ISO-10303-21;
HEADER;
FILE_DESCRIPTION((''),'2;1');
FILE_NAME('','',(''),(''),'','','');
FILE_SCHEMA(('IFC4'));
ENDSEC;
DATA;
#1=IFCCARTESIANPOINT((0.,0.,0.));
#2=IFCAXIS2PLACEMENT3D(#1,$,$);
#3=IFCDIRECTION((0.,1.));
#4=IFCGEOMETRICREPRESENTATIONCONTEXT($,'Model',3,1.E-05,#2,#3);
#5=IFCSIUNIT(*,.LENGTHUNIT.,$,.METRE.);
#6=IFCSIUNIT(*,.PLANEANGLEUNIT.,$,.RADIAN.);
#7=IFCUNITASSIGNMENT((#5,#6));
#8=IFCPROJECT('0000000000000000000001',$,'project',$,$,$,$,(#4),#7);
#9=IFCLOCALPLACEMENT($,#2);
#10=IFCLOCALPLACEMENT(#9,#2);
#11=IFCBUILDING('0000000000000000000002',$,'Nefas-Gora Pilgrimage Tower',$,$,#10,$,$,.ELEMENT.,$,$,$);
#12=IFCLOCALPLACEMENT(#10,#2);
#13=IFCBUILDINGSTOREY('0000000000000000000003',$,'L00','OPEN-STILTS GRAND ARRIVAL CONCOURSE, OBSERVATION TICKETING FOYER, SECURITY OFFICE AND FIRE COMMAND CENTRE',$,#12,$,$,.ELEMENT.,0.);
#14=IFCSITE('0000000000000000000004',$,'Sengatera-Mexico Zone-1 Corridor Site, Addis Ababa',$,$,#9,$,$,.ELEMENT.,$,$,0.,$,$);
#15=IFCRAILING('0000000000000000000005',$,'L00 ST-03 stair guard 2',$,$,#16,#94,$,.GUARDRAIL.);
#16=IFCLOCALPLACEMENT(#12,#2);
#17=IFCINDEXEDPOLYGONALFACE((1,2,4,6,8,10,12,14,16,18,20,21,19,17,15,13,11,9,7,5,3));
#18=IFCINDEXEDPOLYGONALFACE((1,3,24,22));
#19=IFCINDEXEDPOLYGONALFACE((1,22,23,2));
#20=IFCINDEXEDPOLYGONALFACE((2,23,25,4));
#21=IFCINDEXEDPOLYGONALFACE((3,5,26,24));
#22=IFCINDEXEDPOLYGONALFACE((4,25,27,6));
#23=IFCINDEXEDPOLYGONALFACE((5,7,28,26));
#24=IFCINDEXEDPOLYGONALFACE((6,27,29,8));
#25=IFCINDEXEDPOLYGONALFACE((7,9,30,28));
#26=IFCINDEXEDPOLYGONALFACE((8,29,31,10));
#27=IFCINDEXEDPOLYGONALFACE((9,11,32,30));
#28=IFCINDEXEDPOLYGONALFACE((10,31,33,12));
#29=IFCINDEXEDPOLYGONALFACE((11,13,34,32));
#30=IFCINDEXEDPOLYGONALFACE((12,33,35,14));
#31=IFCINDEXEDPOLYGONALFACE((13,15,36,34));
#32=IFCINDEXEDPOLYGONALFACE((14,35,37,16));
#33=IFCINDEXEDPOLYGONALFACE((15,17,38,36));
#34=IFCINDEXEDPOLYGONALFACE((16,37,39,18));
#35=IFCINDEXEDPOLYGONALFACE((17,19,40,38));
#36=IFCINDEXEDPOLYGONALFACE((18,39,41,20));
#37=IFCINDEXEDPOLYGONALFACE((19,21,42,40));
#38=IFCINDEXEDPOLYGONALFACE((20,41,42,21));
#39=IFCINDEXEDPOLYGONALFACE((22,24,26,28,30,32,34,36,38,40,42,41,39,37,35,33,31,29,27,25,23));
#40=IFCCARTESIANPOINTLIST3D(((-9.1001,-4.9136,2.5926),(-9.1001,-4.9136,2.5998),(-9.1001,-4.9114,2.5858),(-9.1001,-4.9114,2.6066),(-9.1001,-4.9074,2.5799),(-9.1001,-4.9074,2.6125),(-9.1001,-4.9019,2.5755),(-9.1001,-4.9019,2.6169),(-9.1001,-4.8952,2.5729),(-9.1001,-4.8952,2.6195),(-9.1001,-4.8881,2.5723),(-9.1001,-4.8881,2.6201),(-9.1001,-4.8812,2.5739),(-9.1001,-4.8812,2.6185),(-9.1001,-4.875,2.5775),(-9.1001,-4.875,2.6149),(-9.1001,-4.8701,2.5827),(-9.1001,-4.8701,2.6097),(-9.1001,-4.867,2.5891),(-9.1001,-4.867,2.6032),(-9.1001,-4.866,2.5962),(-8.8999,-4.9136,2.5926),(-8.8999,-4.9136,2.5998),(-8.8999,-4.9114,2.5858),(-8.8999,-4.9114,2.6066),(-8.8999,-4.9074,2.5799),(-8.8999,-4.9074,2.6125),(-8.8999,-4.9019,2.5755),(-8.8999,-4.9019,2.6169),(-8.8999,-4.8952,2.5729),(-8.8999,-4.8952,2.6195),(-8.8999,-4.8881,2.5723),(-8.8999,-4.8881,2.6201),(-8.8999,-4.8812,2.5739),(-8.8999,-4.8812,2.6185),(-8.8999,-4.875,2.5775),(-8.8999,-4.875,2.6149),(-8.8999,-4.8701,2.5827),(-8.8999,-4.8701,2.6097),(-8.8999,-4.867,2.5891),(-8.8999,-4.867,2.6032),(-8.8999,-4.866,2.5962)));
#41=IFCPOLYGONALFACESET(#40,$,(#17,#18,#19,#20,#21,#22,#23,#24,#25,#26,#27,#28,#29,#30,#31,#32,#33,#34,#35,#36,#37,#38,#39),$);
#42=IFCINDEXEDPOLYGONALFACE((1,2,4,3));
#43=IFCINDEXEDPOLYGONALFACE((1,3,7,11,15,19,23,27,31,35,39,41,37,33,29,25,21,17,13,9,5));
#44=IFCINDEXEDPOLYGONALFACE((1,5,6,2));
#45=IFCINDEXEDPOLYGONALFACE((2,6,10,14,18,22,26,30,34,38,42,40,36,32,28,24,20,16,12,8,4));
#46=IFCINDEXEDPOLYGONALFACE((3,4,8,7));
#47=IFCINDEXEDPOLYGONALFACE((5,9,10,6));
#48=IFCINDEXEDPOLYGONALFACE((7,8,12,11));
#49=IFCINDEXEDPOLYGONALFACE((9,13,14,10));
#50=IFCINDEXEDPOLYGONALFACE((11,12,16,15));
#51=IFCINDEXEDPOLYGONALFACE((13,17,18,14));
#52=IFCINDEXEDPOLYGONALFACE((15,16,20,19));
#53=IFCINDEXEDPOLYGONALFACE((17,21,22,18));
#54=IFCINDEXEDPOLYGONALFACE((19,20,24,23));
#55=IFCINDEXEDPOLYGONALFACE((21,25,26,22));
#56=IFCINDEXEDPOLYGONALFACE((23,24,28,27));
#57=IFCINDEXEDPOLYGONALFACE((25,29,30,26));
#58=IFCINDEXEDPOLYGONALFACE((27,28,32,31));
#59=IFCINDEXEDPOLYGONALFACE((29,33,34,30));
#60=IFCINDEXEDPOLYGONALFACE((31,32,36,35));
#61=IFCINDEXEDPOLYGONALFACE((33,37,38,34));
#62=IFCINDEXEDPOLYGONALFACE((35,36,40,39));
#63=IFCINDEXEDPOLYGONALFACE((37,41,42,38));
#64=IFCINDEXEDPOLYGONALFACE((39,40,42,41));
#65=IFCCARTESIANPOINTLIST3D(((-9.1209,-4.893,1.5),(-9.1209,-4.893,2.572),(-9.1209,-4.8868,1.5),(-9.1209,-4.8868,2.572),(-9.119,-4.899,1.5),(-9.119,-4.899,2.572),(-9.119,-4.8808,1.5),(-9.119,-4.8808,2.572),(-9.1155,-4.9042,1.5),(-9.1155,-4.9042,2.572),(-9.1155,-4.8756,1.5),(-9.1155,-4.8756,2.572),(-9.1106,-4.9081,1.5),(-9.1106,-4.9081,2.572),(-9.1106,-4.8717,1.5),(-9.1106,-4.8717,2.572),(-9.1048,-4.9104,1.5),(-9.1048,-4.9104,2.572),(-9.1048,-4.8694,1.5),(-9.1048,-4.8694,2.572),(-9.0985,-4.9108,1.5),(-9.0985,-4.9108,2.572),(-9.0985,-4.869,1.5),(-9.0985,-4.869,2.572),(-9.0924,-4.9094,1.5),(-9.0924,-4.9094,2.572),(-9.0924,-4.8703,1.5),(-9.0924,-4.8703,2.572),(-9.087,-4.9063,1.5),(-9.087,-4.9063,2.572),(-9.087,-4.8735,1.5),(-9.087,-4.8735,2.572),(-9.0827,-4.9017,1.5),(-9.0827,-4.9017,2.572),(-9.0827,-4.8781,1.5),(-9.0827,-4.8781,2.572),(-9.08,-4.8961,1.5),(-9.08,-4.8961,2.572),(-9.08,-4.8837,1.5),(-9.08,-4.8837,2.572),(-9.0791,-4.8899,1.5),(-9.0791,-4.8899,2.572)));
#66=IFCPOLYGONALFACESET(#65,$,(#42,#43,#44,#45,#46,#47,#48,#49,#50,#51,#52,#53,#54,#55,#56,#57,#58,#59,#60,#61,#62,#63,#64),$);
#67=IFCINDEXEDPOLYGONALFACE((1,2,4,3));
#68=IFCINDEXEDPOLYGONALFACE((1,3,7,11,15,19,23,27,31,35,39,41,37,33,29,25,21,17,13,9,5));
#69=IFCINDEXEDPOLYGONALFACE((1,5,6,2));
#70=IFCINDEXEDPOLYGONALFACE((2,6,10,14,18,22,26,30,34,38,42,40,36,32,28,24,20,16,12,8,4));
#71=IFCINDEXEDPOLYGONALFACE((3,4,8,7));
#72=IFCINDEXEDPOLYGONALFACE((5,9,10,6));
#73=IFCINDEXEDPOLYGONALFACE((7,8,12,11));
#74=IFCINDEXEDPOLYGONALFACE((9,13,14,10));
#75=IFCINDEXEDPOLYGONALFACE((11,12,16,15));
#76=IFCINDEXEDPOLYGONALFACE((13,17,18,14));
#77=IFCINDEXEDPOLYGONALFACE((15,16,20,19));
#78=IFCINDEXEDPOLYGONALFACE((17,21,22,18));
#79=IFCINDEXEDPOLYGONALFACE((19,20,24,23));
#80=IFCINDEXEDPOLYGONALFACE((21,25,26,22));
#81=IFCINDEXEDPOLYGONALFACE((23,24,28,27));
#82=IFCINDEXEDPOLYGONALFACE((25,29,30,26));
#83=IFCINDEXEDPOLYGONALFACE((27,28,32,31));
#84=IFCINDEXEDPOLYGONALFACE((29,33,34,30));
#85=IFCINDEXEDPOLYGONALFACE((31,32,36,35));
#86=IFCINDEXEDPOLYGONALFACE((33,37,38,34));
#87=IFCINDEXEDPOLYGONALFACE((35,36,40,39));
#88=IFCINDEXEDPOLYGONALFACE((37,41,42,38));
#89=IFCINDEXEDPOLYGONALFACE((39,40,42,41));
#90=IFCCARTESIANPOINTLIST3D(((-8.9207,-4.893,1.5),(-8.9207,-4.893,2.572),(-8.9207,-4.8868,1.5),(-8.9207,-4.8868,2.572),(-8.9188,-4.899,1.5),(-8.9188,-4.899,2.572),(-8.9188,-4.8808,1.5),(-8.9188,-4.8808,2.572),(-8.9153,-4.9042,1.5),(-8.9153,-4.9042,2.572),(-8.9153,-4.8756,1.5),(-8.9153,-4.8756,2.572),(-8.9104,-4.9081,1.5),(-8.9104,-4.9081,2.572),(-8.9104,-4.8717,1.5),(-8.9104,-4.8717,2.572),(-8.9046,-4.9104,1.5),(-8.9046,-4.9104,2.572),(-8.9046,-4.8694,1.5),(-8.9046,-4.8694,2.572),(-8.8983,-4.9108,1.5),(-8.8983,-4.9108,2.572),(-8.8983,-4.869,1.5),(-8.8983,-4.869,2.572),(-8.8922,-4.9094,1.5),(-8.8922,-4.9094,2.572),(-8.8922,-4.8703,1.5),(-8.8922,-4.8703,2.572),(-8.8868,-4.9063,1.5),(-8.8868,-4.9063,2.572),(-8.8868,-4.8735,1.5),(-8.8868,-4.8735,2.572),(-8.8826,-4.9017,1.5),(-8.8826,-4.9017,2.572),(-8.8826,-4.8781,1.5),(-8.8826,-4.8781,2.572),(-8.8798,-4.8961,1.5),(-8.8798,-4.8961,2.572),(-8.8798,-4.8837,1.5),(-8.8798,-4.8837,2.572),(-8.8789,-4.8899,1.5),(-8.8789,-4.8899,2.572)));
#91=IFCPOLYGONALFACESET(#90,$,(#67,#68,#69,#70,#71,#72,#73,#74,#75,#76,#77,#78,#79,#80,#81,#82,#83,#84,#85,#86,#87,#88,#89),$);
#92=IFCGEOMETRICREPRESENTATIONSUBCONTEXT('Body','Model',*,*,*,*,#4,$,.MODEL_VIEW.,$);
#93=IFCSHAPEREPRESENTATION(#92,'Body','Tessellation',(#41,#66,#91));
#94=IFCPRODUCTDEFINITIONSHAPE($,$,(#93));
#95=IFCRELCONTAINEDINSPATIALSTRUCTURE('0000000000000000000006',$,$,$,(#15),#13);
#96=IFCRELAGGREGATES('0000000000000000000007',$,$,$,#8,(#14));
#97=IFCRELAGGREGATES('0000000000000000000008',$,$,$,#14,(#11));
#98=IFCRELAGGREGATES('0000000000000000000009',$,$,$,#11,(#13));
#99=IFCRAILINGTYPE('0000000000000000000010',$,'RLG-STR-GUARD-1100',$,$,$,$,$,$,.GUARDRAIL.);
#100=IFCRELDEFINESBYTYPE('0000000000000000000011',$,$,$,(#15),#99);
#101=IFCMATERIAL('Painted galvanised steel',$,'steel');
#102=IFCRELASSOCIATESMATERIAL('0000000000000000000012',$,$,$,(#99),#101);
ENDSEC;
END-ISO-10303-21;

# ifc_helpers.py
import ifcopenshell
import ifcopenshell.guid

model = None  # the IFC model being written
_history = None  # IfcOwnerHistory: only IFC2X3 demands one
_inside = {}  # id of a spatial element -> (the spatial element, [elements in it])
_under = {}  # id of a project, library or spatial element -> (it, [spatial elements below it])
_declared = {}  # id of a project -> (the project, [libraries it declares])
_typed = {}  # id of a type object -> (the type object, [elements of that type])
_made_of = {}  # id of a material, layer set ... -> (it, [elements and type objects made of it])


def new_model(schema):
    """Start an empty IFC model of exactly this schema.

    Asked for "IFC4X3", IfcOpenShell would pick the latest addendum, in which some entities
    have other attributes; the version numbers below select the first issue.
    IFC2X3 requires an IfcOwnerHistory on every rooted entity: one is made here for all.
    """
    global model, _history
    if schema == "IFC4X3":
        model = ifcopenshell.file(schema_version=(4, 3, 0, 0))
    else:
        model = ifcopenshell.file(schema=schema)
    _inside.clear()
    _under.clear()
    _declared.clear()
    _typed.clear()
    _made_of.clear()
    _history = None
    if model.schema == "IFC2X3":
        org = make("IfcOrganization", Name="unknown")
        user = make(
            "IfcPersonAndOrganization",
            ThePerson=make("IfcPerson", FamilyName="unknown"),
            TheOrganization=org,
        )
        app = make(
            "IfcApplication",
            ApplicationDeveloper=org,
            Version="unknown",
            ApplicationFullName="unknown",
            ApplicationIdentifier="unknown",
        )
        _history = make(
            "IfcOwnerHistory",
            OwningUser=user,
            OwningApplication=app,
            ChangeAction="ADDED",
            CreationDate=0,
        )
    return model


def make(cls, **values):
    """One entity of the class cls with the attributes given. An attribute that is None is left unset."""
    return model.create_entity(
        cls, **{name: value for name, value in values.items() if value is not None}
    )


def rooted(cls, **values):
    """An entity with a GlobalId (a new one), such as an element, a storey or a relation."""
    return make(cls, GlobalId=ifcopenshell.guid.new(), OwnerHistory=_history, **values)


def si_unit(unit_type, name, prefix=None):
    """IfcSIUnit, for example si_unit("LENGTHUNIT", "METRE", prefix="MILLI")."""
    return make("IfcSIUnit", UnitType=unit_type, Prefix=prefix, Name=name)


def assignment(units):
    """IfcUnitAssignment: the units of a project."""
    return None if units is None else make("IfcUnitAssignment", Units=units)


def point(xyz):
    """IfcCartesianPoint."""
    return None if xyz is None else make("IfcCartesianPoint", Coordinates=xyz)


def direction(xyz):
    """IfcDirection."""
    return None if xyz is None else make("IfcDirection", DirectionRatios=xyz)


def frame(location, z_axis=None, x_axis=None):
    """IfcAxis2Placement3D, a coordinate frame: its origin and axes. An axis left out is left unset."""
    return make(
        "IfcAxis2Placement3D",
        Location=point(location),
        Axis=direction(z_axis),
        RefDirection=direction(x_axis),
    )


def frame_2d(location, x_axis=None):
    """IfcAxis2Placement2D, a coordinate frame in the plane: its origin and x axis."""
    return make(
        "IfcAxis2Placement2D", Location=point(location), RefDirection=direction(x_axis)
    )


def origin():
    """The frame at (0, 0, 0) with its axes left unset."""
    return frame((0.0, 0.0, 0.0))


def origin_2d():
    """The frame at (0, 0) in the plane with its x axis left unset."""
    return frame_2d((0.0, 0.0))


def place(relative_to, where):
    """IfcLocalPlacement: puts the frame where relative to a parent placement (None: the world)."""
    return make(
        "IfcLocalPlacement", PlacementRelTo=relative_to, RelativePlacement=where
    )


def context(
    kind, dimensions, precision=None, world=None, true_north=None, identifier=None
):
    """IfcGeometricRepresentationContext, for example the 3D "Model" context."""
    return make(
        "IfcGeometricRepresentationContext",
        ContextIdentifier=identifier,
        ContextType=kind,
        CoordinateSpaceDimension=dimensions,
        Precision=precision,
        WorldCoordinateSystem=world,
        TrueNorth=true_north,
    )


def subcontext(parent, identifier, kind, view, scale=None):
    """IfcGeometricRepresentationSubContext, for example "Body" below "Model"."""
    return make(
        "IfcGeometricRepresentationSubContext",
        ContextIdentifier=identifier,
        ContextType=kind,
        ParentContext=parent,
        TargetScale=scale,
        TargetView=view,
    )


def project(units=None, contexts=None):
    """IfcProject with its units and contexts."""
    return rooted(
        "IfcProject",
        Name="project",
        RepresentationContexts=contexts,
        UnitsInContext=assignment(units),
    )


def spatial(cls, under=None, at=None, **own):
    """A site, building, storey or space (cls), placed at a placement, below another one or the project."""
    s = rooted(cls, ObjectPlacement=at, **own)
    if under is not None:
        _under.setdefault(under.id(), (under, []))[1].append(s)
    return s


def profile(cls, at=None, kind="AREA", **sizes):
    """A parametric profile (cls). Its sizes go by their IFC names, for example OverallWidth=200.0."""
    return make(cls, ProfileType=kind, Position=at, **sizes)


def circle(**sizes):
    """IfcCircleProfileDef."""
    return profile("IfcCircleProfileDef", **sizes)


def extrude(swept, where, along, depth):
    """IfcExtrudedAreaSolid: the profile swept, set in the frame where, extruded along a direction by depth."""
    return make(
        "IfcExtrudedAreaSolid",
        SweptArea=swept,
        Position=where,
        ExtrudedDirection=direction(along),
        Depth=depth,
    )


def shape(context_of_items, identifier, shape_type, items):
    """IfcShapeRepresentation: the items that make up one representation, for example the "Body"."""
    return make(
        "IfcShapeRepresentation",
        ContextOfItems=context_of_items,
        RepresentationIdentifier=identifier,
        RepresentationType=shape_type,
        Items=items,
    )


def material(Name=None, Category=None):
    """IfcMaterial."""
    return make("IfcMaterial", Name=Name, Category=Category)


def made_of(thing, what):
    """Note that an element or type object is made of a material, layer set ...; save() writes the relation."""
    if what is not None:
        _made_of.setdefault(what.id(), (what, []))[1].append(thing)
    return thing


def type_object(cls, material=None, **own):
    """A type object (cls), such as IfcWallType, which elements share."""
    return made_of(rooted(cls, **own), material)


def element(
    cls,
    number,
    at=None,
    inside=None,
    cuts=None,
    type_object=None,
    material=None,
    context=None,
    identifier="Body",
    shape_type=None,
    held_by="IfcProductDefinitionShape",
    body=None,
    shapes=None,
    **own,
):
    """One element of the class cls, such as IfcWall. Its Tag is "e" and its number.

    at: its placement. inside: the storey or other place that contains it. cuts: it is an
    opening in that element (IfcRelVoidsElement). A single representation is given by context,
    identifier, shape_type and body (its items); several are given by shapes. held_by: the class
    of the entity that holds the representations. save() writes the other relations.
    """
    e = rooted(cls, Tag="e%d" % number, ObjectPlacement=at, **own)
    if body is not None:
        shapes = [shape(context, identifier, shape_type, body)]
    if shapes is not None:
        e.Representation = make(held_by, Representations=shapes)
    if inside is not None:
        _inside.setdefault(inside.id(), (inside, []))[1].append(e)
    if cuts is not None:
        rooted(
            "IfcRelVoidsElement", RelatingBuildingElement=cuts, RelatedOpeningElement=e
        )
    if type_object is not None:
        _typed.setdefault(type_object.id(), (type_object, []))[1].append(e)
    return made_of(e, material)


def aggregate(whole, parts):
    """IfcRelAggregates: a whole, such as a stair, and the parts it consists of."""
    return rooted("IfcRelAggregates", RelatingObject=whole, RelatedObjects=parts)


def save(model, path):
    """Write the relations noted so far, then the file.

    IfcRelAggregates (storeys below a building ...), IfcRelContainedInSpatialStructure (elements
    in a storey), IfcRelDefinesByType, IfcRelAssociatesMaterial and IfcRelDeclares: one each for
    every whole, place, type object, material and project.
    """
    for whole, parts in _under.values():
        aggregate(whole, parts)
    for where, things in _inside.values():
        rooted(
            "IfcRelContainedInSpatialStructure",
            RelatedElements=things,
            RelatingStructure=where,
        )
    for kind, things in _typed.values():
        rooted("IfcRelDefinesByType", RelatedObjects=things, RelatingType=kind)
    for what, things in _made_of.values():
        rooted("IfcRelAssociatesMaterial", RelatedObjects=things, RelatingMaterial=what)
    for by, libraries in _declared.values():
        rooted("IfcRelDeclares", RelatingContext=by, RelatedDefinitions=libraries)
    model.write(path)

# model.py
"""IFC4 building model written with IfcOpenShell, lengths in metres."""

from ifc_helpers import new_model, si_unit, direction, frame, origin, origin_2d, place, context, subcontext, project, spatial, circle, extrude, material, type_object, element, save


model = new_model("IFC4")

# Units and contexts
model_context = context("Model", 3, precision=1e-05, world=origin(), true_north=direction((0.0, 1.0)))
body_context = subcontext(model_context, "Body", "Model", "MODEL_VIEW")
ifc_project = project(units=[si_unit("LENGTHUNIT", "METRE"), si_unit("PLANEANGLEUNIT", "RADIAN")], contexts=[model_context])

# Site, building, storey
site_placement = place(None, origin())
site = spatial("IfcSite", under=ifc_project, at=site_placement, Name="Sengatera-Mexico Zone-1 Corridor Site, Addis Ababa", CompositionType="ELEMENT", RefElevation=0.0)
building_placement = place(site_placement, origin())
building = spatial("IfcBuilding", under=site, at=building_placement, Name="Nefas-Gora Pilgrimage Tower", CompositionType="ELEMENT")
storey_placement = place(building_placement, origin())
storey = spatial("IfcBuildingStorey", under=building, at=storey_placement, Name="L00", Description="OPEN-STILTS GRAND ARRIVAL CONCOURSE, OBSERVATION TICKETING FOYER, SECURITY OFFICE AND FIRE COMMAND CENTRE", CompositionType="ELEMENT", Elevation=0.0)

# Railing
ifc_material_1 = material(Name="Painted galvanised steel", Category="steel")
railing_type_1 = type_object("IfcRailingType", Name="RLG-STR-GUARD-1100", PredefinedType="GUARDRAIL", material=ifc_material_1)
railing_1_placement = place(storey_placement, frame((-9.1001, -4.8899, 1.5)))
element("IfcRailing", 1, at=railing_1_placement, inside=storey, type_object=railing_type_1, Name="L00 ST-03 stair guard 2", PredefinedType="GUARDRAIL", context=body_context, shape_type="SweptSolid", body=[
    extrude(circle(Radius=0.0239, at=origin_2d()), frame((0.0, 0.0, 1.0962), z_axis=(1.0, 0.0, 0.0), x_axis=(0.0, 1.0, 0.0)), (0.0, 0.0, 1.0), 0.2002),
    extrude(circle(Radius=0.021, at=origin_2d()), origin(), (0.0, 0.0, 1.0), 1.072),
    extrude(circle(Radius=0.021, at=origin_2d()), frame((0.2002, 0.0, 0.0)), (0.0, 0.0, 1.0), 1.072),
])

save(model, "model.ifc")
